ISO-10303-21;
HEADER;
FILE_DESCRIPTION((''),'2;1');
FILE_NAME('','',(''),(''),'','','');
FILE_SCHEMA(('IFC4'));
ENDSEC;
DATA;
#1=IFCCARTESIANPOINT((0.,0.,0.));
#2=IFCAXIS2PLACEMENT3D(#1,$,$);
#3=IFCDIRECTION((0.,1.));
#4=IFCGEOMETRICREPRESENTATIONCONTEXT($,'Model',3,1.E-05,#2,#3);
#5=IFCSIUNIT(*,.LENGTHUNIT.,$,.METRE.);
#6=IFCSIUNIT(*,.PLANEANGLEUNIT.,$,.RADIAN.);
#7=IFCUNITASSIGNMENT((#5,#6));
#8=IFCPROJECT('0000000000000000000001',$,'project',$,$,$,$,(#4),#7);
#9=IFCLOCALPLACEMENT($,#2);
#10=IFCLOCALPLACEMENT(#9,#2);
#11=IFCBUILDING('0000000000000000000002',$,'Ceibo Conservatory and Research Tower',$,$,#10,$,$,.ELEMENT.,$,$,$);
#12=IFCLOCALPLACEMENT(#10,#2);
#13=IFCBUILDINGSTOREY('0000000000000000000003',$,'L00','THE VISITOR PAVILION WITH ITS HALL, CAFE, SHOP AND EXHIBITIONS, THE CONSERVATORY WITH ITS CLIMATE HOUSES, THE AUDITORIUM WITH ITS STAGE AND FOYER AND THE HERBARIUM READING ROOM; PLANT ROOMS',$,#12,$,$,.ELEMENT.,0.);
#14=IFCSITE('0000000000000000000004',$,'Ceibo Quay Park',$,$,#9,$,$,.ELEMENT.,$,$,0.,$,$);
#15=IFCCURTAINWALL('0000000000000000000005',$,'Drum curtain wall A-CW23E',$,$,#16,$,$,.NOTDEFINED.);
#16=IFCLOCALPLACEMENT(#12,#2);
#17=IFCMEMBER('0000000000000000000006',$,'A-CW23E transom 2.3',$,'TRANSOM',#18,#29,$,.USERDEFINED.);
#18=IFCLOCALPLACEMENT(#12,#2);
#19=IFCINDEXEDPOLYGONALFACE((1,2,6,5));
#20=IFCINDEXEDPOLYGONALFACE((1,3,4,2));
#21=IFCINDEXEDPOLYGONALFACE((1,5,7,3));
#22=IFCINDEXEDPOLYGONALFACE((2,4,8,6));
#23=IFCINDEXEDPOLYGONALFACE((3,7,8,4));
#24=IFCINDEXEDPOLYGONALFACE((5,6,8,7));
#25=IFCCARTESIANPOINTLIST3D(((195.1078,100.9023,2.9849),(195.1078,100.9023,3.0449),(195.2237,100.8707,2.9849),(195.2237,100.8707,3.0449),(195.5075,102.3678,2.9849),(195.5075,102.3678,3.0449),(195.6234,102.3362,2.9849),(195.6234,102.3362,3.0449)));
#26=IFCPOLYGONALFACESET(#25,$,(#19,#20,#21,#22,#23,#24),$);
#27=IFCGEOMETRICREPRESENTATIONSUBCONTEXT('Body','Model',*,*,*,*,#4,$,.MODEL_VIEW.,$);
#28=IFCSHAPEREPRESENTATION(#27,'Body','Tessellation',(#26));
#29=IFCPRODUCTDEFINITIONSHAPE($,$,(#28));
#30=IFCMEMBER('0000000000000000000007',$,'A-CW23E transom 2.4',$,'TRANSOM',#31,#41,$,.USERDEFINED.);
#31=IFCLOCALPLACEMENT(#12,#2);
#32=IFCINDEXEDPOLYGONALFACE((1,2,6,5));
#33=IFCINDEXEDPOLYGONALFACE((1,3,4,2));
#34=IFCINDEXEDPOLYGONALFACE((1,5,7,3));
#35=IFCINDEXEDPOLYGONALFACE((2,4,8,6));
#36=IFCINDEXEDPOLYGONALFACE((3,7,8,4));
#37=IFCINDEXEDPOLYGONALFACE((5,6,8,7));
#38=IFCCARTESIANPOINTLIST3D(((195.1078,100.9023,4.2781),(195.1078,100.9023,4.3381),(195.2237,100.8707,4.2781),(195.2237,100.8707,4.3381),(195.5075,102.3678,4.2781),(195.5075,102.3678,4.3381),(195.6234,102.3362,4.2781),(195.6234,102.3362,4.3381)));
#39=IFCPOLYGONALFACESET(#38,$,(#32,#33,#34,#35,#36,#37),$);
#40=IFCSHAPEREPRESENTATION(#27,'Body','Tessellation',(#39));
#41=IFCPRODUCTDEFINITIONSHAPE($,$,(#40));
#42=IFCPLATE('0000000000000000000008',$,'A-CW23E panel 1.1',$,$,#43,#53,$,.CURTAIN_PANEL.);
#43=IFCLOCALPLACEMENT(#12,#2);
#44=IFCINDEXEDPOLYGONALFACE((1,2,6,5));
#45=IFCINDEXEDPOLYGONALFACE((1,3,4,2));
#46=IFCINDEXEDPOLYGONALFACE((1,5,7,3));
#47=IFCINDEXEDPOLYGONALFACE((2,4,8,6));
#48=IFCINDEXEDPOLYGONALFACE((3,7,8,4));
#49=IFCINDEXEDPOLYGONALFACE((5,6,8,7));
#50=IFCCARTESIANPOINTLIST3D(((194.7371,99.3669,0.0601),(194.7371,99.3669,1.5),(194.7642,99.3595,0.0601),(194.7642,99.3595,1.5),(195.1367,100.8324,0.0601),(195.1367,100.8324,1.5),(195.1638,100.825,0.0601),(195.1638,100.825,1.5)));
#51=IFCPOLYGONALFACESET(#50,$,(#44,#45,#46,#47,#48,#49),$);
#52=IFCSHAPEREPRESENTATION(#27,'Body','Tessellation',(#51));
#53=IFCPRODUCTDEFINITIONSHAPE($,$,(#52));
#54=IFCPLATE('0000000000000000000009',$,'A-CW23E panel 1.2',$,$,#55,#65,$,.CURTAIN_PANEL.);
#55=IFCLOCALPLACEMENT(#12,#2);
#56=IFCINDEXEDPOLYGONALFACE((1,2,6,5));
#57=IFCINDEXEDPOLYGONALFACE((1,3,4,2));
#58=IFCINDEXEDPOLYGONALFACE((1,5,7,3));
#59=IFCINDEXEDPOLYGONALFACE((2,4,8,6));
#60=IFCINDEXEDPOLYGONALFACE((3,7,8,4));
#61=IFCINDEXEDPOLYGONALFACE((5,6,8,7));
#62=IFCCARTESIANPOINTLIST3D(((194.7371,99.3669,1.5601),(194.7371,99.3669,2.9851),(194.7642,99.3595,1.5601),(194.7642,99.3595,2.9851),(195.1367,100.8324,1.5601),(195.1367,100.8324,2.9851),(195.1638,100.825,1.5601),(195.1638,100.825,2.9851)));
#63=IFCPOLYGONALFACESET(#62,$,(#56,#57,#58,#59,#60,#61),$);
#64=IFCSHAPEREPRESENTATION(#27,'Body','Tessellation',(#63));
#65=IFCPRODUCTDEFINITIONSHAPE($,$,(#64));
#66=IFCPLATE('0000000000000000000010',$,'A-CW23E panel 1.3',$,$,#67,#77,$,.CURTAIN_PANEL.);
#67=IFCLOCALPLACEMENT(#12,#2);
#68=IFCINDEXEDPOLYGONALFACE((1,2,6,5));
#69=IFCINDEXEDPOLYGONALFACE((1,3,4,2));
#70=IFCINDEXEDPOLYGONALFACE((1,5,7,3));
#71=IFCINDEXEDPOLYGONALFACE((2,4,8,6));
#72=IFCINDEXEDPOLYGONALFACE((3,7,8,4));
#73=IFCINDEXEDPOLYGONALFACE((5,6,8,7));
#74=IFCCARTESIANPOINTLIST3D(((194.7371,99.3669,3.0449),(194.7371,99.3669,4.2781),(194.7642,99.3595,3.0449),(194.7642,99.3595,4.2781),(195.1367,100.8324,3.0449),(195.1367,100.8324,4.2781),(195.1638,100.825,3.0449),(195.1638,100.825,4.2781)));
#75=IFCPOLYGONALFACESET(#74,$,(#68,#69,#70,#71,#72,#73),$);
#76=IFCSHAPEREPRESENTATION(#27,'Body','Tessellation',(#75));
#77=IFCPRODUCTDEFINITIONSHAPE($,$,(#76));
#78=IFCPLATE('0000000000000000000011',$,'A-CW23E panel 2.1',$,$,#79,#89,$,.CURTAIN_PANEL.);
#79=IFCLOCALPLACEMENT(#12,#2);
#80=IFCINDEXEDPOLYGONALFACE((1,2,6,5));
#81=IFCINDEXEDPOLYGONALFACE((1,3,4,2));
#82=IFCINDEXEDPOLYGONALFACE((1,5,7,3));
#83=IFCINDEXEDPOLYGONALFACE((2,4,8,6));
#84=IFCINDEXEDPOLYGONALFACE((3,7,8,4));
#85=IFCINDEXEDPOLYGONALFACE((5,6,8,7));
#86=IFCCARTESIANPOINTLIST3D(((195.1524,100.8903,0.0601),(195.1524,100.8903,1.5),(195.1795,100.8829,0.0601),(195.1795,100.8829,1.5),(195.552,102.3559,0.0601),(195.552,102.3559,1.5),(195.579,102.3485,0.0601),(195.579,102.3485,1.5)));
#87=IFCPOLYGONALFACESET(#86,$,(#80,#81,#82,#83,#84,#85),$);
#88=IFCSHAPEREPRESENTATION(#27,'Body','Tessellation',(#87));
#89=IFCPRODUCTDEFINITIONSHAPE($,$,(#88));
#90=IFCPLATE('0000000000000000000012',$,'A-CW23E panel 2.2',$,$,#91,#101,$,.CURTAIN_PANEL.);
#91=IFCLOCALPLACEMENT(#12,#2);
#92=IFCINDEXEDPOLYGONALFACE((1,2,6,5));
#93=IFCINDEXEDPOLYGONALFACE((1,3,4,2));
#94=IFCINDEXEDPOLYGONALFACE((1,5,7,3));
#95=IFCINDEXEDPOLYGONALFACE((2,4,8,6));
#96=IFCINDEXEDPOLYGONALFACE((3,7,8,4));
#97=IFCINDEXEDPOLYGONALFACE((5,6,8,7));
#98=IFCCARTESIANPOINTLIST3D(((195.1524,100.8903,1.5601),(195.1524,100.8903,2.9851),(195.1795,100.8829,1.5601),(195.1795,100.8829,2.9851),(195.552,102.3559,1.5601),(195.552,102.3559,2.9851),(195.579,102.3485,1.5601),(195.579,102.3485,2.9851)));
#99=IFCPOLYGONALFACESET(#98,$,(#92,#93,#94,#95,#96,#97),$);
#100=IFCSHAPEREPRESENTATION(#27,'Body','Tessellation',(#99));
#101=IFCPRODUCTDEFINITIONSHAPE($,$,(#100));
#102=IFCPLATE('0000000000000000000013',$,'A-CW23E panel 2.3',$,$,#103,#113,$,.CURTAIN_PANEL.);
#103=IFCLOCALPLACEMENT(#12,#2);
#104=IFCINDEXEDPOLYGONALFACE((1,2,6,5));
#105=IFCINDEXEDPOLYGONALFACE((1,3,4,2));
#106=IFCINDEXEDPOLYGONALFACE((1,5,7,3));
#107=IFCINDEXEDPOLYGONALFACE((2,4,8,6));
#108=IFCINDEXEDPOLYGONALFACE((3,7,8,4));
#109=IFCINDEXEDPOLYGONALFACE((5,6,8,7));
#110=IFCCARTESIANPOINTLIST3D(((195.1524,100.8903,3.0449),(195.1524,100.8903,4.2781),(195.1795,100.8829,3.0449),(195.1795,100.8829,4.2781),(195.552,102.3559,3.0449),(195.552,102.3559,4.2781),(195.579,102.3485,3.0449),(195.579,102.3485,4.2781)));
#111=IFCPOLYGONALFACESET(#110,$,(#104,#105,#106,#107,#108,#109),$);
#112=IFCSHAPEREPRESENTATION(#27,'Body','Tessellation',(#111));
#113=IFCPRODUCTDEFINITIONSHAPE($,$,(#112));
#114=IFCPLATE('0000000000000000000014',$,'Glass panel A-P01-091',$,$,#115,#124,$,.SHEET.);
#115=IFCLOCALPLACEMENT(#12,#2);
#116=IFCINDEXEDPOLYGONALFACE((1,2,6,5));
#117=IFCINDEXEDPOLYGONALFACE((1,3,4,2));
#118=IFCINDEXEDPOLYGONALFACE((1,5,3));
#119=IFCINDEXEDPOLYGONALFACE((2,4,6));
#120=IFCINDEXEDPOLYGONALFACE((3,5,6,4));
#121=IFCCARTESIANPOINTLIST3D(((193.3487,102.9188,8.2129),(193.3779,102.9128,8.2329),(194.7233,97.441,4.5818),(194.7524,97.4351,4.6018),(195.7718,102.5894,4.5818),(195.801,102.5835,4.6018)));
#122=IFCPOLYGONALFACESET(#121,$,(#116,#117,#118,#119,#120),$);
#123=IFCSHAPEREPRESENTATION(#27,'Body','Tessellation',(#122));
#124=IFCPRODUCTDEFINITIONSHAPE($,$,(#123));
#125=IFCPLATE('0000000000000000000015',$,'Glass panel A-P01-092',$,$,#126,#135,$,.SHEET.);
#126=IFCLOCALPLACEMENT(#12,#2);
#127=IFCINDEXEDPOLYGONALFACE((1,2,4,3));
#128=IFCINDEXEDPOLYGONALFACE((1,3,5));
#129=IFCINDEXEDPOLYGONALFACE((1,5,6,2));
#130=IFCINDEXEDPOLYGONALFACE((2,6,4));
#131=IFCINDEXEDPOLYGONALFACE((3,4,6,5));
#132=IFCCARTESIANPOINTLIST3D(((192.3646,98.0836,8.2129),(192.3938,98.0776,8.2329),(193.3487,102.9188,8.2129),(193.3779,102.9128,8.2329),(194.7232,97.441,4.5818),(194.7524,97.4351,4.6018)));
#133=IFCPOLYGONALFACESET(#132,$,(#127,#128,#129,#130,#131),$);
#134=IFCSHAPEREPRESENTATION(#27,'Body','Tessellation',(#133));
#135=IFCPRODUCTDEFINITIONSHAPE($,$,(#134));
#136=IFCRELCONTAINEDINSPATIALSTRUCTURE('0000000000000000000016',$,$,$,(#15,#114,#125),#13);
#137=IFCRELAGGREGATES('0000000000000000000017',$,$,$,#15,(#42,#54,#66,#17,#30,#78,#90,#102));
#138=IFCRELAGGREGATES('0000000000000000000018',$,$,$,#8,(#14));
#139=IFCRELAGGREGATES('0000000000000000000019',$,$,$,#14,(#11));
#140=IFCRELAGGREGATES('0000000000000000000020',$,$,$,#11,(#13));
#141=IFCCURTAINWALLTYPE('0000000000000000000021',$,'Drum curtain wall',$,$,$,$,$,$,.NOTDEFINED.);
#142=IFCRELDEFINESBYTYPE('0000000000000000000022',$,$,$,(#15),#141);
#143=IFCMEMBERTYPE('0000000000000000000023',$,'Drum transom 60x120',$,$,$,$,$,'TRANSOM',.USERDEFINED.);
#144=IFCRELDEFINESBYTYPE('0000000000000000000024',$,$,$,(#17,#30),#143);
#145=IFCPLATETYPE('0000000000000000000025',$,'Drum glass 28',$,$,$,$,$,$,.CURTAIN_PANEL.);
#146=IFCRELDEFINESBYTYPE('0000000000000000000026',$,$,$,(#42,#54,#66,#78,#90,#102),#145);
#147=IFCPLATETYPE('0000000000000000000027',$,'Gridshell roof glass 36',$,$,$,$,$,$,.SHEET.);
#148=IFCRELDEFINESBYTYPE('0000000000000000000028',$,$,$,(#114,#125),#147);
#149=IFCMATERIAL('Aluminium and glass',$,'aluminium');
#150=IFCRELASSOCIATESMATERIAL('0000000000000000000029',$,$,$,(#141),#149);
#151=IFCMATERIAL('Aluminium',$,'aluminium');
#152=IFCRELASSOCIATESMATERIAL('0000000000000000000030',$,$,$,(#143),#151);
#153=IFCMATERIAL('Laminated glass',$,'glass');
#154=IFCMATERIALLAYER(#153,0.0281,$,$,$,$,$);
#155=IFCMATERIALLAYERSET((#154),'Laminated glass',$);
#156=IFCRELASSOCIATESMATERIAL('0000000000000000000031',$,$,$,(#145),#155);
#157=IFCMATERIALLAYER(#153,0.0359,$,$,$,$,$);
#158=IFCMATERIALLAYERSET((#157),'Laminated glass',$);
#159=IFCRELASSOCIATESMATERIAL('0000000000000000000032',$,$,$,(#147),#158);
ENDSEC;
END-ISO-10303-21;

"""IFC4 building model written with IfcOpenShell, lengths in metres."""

from ifc_helpers import new_model, si_unit, direction, frame, origin, origin_2d, place, context, subcontext, project, spatial, polyline, rectangle, outline, extrude, material, layer, layer_set, material_profile, profile_set, type_object, element, aggregate, save


model = new_model("IFC4")

# Units and contexts
model_context = context("Model", 3, precision=1e-05, world=origin(), true_north=direction((0.0, 1.0)))
body_context = subcontext(model_context, "Body", "Model", "MODEL_VIEW")
ifc_project = project(units=[si_unit("LENGTHUNIT", "METRE"), si_unit("PLANEANGLEUNIT", "RADIAN")], contexts=[model_context])

# Site, building, storey
site_placement = place(None, origin())
site = spatial("IfcSite", under=ifc_project, at=site_placement, Name="Ceibo Quay Park", CompositionType="ELEMENT", RefElevation=0.0)
building_placement = place(site_placement, origin())
building = spatial("IfcBuilding", under=site, at=building_placement, Name="Ceibo Conservatory and Research Tower", CompositionType="ELEMENT")
storey_placement = place(building_placement, origin())
storey = spatial("IfcBuildingStorey", under=building, at=storey_placement, Name="L00", Description="THE VISITOR PAVILION WITH ITS HALL, CAFE, SHOP AND EXHIBITIONS, THE CONSERVATORY WITH ITS CLIMATE HOUSES, THE AUDITORIUM WITH ITS STAGE AND FOYER AND THE HERBARIUM READING ROOM; PLANT ROOMS", CompositionType="ELEMENT", Elevation=0.0)

# Shared definitions
ifc_material_1 = material(Name="Aluminium and glass", Category="aluminium")
curtain_wall_type = type_object("IfcCurtainWallType", Name="Drum curtain wall", PredefinedType="NOTDEFINED", material=ifc_material_1)
ifc_material_2 = material(Name="Aluminium", Category="aluminium")

# Curtain wall, members, plates
curtain_wall_1_placement = place(storey_placement, origin())
curtain_wall_1 = element("IfcCurtainWall", 1, at=curtain_wall_1_placement, inside=storey, type_object=curtain_wall_type, Name="Drum curtain wall A-CW23E", PredefinedType="NOTDEFINED")
ifc_material_profile_1 = material_profile(ifc_material_2, rectangle(XDim=0.1201, YDim=0.0601, at=origin_2d()), Name="AL 60x120")
ifc_profile_set_1 = profile_set([ifc_material_profile_1], Name="Aluminium")
member_type_1 = type_object("IfcMemberType", Name="Drum transom 60x120", ElementType="TRANSOM", PredefinedType="USERDEFINED", material=ifc_profile_set_1)
member_1_placement = place(storey_placement, frame((195.1658, 100.8865, 3.0149), z_axis=(0.26309, 0.964771, 0.0), x_axis=(-0.964771, 0.26309, 0.0)))
member_1 = element("IfcMember", 2, at=member_1_placement, type_object=member_type_1, Name="A-CW23E transom 2.3", ObjectType="TRANSOM", PredefinedType="USERDEFINED", context=body_context, shape_type="SweptSolid", body=[
    extrude(rectangle(XDim=0.1201, YDim=0.0601, at=origin_2d()), origin(), (0.0, 0.0, 1.0), 1.519),
])
member_2_placement = place(storey_placement, frame((195.1658, 100.8865, 4.3081), z_axis=(0.26309, 0.964771, 0.0), x_axis=(-0.964771, 0.26309, 0.0)))
member_2 = element("IfcMember", 3, at=member_2_placement, type_object=member_type_1, Name="A-CW23E transom 2.4", ObjectType="TRANSOM", PredefinedType="USERDEFINED", context=body_context, shape_type="SweptSolid", body=[
    extrude(rectangle(XDim=0.1201, YDim=0.0601, at=origin_2d()), origin(), (0.0, 0.0, 1.0), 1.519),
])
ifc_material_3 = material(Name="Laminated glass", Category="glass")
ifc_layer_1 = layer(ifc_material_3, 0.0281)
ifc_layer_set_1 = layer_set([ifc_layer_1], Name="Laminated glass")
plate_type_1 = type_object("IfcPlateType", Name="Drum glass 28", PredefinedType="CURTAIN_PANEL", material=ifc_layer_set_1)
plate_1_placement = place(storey_placement, frame((194.9504, 100.0959, 0.0601), z_axis=(0.0, 0.0, 1.0), x_axis=(0.263031, 0.964787, 0.0)))
plate_1 = element("IfcPlate", 4, at=plate_1_placement, type_object=plate_type_1, Name="A-CW23E panel 1.1", PredefinedType="CURTAIN_PANEL", context=body_context, shape_type="SweptSolid", body=[
    extrude(rectangle(XDim=1.519, YDim=0.0281, at=origin_2d()), origin(), (0.0, 0.0, 1.0), 1.4399),
])
plate_2_placement = place(storey_placement, frame((194.9504, 100.0959, 1.5601), z_axis=(0.0, 0.0, 1.0), x_axis=(0.263031, 0.964787, 0.0)))
plate_2 = element("IfcPlate", 5, at=plate_2_placement, type_object=plate_type_1, Name="A-CW23E panel 1.2", PredefinedType="CURTAIN_PANEL", context=body_context, shape_type="SweptSolid", body=[
    extrude(rectangle(XDim=1.519, YDim=0.0281, at=origin_2d()), origin(), (0.0, 0.0, 1.0), 1.425),
])
plate_3_placement = place(storey_placement, frame((194.9504, 100.0959, 3.0449), z_axis=(0.0, 0.0, 1.0), x_axis=(0.263031, 0.964787, 0.0)))
plate_3 = element("IfcPlate", 6, at=plate_3_placement, type_object=plate_type_1, Name="A-CW23E panel 1.3", PredefinedType="CURTAIN_PANEL", context=body_context, shape_type="SweptSolid", body=[
    extrude(rectangle(XDim=1.519, YDim=0.0281, at=origin_2d()), origin(), (0.0, 0.0, 1.0), 1.2332),
])
plate_4_placement = place(storey_placement, frame((195.3657, 101.6194, 0.0601), z_axis=(0.0, 0.0, 1.0), x_axis=(0.263031, 0.964787, 0.0)))
plate_4 = element("IfcPlate", 7, at=plate_4_placement, type_object=plate_type_1, Name="A-CW23E panel 2.1", PredefinedType="CURTAIN_PANEL", context=body_context, shape_type="SweptSolid", body=[
    extrude(rectangle(XDim=1.519, YDim=0.0281, at=origin_2d()), origin(), (0.0, 0.0, 1.0), 1.4399),
])
plate_5_placement = place(storey_placement, frame((195.3657, 101.6194, 1.5601), z_axis=(0.0, 0.0, 1.0), x_axis=(0.263031, 0.964787, 0.0)))
plate_5 = element("IfcPlate", 8, at=plate_5_placement, type_object=plate_type_1, Name="A-CW23E panel 2.2", PredefinedType="CURTAIN_PANEL", context=body_context, shape_type="SweptSolid", body=[
    extrude(rectangle(XDim=1.519, YDim=0.0281, at=origin_2d()), origin(), (0.0, 0.0, 1.0), 1.425),
])
plate_6_placement = place(storey_placement, frame((195.3657, 101.6194, 3.0449), z_axis=(0.0, 0.0, 1.0), x_axis=(0.263031, 0.964787, 0.0)))
plate_6 = element("IfcPlate", 9, at=plate_6_placement, type_object=plate_type_1, Name="A-CW23E panel 2.3", PredefinedType="CURTAIN_PANEL", context=body_context, shape_type="SweptSolid", body=[
    extrude(rectangle(XDim=1.519, YDim=0.0281, at=origin_2d()), origin(), (0.0, 0.0, 1.0), 1.2332),
])
aggregate(curtain_wall_1, [plate_1, plate_2, plate_3, member_1, member_2, plate_4, plate_5, plate_6])

# Plates
ifc_layer_2 = layer(ifc_material_3, 0.0359)
ifc_layer_set_2 = layer_set([ifc_layer_2], Name="Laminated glass")
plate_type_2 = type_object("IfcPlateType", Name="Gridshell roof glass 36", PredefinedType="SHEET", material=ifc_layer_set_2)
plate_7_placement = place(storey_placement, frame((194.7524, 97.4351, 4.6018), z_axis=(0.813307, -0.165646, 0.557757), x_axis=(0.199573, 0.979883, 0.0)))
element("IfcPlate", 10, at=plate_7_placement, inside=storey, type_object=plate_type_2, Name="Glass panel A-P01-091", PredefinedType="SHEET", context=body_context, shape_type="SweptSolid", body=[
    extrude(outline(polyline([(0.0, 0.0), (5.2541, 0.0), (5.0933, 4.3748), (0.0, 0.0)])), origin(), (0.0, 0.0, -1.0), 0.0359),
])
plate_8_placement = place(storey_placement, frame((194.7524, 97.4351, 4.6018), z_axis=(0.813397, -0.165554, 0.557653), x_axis=(-0.204718, 0.815852, 0.540811)))
element("IfcPlate", 11, at=plate_8_placement, inside=storey, type_object=plate_type_2, Name="Glass panel A-P01-092", PredefinedType="SHEET", context=body_context, shape_type="SweptSolid", body=[
    extrude(outline(polyline([(0.0, 0.0), (6.7142, 0.0), (2.9708, 3.2148), (0.0, 0.0)])), origin(), (0.0, 0.0, -1.0), 0.0359),
])

save(model, "model.ifc")
